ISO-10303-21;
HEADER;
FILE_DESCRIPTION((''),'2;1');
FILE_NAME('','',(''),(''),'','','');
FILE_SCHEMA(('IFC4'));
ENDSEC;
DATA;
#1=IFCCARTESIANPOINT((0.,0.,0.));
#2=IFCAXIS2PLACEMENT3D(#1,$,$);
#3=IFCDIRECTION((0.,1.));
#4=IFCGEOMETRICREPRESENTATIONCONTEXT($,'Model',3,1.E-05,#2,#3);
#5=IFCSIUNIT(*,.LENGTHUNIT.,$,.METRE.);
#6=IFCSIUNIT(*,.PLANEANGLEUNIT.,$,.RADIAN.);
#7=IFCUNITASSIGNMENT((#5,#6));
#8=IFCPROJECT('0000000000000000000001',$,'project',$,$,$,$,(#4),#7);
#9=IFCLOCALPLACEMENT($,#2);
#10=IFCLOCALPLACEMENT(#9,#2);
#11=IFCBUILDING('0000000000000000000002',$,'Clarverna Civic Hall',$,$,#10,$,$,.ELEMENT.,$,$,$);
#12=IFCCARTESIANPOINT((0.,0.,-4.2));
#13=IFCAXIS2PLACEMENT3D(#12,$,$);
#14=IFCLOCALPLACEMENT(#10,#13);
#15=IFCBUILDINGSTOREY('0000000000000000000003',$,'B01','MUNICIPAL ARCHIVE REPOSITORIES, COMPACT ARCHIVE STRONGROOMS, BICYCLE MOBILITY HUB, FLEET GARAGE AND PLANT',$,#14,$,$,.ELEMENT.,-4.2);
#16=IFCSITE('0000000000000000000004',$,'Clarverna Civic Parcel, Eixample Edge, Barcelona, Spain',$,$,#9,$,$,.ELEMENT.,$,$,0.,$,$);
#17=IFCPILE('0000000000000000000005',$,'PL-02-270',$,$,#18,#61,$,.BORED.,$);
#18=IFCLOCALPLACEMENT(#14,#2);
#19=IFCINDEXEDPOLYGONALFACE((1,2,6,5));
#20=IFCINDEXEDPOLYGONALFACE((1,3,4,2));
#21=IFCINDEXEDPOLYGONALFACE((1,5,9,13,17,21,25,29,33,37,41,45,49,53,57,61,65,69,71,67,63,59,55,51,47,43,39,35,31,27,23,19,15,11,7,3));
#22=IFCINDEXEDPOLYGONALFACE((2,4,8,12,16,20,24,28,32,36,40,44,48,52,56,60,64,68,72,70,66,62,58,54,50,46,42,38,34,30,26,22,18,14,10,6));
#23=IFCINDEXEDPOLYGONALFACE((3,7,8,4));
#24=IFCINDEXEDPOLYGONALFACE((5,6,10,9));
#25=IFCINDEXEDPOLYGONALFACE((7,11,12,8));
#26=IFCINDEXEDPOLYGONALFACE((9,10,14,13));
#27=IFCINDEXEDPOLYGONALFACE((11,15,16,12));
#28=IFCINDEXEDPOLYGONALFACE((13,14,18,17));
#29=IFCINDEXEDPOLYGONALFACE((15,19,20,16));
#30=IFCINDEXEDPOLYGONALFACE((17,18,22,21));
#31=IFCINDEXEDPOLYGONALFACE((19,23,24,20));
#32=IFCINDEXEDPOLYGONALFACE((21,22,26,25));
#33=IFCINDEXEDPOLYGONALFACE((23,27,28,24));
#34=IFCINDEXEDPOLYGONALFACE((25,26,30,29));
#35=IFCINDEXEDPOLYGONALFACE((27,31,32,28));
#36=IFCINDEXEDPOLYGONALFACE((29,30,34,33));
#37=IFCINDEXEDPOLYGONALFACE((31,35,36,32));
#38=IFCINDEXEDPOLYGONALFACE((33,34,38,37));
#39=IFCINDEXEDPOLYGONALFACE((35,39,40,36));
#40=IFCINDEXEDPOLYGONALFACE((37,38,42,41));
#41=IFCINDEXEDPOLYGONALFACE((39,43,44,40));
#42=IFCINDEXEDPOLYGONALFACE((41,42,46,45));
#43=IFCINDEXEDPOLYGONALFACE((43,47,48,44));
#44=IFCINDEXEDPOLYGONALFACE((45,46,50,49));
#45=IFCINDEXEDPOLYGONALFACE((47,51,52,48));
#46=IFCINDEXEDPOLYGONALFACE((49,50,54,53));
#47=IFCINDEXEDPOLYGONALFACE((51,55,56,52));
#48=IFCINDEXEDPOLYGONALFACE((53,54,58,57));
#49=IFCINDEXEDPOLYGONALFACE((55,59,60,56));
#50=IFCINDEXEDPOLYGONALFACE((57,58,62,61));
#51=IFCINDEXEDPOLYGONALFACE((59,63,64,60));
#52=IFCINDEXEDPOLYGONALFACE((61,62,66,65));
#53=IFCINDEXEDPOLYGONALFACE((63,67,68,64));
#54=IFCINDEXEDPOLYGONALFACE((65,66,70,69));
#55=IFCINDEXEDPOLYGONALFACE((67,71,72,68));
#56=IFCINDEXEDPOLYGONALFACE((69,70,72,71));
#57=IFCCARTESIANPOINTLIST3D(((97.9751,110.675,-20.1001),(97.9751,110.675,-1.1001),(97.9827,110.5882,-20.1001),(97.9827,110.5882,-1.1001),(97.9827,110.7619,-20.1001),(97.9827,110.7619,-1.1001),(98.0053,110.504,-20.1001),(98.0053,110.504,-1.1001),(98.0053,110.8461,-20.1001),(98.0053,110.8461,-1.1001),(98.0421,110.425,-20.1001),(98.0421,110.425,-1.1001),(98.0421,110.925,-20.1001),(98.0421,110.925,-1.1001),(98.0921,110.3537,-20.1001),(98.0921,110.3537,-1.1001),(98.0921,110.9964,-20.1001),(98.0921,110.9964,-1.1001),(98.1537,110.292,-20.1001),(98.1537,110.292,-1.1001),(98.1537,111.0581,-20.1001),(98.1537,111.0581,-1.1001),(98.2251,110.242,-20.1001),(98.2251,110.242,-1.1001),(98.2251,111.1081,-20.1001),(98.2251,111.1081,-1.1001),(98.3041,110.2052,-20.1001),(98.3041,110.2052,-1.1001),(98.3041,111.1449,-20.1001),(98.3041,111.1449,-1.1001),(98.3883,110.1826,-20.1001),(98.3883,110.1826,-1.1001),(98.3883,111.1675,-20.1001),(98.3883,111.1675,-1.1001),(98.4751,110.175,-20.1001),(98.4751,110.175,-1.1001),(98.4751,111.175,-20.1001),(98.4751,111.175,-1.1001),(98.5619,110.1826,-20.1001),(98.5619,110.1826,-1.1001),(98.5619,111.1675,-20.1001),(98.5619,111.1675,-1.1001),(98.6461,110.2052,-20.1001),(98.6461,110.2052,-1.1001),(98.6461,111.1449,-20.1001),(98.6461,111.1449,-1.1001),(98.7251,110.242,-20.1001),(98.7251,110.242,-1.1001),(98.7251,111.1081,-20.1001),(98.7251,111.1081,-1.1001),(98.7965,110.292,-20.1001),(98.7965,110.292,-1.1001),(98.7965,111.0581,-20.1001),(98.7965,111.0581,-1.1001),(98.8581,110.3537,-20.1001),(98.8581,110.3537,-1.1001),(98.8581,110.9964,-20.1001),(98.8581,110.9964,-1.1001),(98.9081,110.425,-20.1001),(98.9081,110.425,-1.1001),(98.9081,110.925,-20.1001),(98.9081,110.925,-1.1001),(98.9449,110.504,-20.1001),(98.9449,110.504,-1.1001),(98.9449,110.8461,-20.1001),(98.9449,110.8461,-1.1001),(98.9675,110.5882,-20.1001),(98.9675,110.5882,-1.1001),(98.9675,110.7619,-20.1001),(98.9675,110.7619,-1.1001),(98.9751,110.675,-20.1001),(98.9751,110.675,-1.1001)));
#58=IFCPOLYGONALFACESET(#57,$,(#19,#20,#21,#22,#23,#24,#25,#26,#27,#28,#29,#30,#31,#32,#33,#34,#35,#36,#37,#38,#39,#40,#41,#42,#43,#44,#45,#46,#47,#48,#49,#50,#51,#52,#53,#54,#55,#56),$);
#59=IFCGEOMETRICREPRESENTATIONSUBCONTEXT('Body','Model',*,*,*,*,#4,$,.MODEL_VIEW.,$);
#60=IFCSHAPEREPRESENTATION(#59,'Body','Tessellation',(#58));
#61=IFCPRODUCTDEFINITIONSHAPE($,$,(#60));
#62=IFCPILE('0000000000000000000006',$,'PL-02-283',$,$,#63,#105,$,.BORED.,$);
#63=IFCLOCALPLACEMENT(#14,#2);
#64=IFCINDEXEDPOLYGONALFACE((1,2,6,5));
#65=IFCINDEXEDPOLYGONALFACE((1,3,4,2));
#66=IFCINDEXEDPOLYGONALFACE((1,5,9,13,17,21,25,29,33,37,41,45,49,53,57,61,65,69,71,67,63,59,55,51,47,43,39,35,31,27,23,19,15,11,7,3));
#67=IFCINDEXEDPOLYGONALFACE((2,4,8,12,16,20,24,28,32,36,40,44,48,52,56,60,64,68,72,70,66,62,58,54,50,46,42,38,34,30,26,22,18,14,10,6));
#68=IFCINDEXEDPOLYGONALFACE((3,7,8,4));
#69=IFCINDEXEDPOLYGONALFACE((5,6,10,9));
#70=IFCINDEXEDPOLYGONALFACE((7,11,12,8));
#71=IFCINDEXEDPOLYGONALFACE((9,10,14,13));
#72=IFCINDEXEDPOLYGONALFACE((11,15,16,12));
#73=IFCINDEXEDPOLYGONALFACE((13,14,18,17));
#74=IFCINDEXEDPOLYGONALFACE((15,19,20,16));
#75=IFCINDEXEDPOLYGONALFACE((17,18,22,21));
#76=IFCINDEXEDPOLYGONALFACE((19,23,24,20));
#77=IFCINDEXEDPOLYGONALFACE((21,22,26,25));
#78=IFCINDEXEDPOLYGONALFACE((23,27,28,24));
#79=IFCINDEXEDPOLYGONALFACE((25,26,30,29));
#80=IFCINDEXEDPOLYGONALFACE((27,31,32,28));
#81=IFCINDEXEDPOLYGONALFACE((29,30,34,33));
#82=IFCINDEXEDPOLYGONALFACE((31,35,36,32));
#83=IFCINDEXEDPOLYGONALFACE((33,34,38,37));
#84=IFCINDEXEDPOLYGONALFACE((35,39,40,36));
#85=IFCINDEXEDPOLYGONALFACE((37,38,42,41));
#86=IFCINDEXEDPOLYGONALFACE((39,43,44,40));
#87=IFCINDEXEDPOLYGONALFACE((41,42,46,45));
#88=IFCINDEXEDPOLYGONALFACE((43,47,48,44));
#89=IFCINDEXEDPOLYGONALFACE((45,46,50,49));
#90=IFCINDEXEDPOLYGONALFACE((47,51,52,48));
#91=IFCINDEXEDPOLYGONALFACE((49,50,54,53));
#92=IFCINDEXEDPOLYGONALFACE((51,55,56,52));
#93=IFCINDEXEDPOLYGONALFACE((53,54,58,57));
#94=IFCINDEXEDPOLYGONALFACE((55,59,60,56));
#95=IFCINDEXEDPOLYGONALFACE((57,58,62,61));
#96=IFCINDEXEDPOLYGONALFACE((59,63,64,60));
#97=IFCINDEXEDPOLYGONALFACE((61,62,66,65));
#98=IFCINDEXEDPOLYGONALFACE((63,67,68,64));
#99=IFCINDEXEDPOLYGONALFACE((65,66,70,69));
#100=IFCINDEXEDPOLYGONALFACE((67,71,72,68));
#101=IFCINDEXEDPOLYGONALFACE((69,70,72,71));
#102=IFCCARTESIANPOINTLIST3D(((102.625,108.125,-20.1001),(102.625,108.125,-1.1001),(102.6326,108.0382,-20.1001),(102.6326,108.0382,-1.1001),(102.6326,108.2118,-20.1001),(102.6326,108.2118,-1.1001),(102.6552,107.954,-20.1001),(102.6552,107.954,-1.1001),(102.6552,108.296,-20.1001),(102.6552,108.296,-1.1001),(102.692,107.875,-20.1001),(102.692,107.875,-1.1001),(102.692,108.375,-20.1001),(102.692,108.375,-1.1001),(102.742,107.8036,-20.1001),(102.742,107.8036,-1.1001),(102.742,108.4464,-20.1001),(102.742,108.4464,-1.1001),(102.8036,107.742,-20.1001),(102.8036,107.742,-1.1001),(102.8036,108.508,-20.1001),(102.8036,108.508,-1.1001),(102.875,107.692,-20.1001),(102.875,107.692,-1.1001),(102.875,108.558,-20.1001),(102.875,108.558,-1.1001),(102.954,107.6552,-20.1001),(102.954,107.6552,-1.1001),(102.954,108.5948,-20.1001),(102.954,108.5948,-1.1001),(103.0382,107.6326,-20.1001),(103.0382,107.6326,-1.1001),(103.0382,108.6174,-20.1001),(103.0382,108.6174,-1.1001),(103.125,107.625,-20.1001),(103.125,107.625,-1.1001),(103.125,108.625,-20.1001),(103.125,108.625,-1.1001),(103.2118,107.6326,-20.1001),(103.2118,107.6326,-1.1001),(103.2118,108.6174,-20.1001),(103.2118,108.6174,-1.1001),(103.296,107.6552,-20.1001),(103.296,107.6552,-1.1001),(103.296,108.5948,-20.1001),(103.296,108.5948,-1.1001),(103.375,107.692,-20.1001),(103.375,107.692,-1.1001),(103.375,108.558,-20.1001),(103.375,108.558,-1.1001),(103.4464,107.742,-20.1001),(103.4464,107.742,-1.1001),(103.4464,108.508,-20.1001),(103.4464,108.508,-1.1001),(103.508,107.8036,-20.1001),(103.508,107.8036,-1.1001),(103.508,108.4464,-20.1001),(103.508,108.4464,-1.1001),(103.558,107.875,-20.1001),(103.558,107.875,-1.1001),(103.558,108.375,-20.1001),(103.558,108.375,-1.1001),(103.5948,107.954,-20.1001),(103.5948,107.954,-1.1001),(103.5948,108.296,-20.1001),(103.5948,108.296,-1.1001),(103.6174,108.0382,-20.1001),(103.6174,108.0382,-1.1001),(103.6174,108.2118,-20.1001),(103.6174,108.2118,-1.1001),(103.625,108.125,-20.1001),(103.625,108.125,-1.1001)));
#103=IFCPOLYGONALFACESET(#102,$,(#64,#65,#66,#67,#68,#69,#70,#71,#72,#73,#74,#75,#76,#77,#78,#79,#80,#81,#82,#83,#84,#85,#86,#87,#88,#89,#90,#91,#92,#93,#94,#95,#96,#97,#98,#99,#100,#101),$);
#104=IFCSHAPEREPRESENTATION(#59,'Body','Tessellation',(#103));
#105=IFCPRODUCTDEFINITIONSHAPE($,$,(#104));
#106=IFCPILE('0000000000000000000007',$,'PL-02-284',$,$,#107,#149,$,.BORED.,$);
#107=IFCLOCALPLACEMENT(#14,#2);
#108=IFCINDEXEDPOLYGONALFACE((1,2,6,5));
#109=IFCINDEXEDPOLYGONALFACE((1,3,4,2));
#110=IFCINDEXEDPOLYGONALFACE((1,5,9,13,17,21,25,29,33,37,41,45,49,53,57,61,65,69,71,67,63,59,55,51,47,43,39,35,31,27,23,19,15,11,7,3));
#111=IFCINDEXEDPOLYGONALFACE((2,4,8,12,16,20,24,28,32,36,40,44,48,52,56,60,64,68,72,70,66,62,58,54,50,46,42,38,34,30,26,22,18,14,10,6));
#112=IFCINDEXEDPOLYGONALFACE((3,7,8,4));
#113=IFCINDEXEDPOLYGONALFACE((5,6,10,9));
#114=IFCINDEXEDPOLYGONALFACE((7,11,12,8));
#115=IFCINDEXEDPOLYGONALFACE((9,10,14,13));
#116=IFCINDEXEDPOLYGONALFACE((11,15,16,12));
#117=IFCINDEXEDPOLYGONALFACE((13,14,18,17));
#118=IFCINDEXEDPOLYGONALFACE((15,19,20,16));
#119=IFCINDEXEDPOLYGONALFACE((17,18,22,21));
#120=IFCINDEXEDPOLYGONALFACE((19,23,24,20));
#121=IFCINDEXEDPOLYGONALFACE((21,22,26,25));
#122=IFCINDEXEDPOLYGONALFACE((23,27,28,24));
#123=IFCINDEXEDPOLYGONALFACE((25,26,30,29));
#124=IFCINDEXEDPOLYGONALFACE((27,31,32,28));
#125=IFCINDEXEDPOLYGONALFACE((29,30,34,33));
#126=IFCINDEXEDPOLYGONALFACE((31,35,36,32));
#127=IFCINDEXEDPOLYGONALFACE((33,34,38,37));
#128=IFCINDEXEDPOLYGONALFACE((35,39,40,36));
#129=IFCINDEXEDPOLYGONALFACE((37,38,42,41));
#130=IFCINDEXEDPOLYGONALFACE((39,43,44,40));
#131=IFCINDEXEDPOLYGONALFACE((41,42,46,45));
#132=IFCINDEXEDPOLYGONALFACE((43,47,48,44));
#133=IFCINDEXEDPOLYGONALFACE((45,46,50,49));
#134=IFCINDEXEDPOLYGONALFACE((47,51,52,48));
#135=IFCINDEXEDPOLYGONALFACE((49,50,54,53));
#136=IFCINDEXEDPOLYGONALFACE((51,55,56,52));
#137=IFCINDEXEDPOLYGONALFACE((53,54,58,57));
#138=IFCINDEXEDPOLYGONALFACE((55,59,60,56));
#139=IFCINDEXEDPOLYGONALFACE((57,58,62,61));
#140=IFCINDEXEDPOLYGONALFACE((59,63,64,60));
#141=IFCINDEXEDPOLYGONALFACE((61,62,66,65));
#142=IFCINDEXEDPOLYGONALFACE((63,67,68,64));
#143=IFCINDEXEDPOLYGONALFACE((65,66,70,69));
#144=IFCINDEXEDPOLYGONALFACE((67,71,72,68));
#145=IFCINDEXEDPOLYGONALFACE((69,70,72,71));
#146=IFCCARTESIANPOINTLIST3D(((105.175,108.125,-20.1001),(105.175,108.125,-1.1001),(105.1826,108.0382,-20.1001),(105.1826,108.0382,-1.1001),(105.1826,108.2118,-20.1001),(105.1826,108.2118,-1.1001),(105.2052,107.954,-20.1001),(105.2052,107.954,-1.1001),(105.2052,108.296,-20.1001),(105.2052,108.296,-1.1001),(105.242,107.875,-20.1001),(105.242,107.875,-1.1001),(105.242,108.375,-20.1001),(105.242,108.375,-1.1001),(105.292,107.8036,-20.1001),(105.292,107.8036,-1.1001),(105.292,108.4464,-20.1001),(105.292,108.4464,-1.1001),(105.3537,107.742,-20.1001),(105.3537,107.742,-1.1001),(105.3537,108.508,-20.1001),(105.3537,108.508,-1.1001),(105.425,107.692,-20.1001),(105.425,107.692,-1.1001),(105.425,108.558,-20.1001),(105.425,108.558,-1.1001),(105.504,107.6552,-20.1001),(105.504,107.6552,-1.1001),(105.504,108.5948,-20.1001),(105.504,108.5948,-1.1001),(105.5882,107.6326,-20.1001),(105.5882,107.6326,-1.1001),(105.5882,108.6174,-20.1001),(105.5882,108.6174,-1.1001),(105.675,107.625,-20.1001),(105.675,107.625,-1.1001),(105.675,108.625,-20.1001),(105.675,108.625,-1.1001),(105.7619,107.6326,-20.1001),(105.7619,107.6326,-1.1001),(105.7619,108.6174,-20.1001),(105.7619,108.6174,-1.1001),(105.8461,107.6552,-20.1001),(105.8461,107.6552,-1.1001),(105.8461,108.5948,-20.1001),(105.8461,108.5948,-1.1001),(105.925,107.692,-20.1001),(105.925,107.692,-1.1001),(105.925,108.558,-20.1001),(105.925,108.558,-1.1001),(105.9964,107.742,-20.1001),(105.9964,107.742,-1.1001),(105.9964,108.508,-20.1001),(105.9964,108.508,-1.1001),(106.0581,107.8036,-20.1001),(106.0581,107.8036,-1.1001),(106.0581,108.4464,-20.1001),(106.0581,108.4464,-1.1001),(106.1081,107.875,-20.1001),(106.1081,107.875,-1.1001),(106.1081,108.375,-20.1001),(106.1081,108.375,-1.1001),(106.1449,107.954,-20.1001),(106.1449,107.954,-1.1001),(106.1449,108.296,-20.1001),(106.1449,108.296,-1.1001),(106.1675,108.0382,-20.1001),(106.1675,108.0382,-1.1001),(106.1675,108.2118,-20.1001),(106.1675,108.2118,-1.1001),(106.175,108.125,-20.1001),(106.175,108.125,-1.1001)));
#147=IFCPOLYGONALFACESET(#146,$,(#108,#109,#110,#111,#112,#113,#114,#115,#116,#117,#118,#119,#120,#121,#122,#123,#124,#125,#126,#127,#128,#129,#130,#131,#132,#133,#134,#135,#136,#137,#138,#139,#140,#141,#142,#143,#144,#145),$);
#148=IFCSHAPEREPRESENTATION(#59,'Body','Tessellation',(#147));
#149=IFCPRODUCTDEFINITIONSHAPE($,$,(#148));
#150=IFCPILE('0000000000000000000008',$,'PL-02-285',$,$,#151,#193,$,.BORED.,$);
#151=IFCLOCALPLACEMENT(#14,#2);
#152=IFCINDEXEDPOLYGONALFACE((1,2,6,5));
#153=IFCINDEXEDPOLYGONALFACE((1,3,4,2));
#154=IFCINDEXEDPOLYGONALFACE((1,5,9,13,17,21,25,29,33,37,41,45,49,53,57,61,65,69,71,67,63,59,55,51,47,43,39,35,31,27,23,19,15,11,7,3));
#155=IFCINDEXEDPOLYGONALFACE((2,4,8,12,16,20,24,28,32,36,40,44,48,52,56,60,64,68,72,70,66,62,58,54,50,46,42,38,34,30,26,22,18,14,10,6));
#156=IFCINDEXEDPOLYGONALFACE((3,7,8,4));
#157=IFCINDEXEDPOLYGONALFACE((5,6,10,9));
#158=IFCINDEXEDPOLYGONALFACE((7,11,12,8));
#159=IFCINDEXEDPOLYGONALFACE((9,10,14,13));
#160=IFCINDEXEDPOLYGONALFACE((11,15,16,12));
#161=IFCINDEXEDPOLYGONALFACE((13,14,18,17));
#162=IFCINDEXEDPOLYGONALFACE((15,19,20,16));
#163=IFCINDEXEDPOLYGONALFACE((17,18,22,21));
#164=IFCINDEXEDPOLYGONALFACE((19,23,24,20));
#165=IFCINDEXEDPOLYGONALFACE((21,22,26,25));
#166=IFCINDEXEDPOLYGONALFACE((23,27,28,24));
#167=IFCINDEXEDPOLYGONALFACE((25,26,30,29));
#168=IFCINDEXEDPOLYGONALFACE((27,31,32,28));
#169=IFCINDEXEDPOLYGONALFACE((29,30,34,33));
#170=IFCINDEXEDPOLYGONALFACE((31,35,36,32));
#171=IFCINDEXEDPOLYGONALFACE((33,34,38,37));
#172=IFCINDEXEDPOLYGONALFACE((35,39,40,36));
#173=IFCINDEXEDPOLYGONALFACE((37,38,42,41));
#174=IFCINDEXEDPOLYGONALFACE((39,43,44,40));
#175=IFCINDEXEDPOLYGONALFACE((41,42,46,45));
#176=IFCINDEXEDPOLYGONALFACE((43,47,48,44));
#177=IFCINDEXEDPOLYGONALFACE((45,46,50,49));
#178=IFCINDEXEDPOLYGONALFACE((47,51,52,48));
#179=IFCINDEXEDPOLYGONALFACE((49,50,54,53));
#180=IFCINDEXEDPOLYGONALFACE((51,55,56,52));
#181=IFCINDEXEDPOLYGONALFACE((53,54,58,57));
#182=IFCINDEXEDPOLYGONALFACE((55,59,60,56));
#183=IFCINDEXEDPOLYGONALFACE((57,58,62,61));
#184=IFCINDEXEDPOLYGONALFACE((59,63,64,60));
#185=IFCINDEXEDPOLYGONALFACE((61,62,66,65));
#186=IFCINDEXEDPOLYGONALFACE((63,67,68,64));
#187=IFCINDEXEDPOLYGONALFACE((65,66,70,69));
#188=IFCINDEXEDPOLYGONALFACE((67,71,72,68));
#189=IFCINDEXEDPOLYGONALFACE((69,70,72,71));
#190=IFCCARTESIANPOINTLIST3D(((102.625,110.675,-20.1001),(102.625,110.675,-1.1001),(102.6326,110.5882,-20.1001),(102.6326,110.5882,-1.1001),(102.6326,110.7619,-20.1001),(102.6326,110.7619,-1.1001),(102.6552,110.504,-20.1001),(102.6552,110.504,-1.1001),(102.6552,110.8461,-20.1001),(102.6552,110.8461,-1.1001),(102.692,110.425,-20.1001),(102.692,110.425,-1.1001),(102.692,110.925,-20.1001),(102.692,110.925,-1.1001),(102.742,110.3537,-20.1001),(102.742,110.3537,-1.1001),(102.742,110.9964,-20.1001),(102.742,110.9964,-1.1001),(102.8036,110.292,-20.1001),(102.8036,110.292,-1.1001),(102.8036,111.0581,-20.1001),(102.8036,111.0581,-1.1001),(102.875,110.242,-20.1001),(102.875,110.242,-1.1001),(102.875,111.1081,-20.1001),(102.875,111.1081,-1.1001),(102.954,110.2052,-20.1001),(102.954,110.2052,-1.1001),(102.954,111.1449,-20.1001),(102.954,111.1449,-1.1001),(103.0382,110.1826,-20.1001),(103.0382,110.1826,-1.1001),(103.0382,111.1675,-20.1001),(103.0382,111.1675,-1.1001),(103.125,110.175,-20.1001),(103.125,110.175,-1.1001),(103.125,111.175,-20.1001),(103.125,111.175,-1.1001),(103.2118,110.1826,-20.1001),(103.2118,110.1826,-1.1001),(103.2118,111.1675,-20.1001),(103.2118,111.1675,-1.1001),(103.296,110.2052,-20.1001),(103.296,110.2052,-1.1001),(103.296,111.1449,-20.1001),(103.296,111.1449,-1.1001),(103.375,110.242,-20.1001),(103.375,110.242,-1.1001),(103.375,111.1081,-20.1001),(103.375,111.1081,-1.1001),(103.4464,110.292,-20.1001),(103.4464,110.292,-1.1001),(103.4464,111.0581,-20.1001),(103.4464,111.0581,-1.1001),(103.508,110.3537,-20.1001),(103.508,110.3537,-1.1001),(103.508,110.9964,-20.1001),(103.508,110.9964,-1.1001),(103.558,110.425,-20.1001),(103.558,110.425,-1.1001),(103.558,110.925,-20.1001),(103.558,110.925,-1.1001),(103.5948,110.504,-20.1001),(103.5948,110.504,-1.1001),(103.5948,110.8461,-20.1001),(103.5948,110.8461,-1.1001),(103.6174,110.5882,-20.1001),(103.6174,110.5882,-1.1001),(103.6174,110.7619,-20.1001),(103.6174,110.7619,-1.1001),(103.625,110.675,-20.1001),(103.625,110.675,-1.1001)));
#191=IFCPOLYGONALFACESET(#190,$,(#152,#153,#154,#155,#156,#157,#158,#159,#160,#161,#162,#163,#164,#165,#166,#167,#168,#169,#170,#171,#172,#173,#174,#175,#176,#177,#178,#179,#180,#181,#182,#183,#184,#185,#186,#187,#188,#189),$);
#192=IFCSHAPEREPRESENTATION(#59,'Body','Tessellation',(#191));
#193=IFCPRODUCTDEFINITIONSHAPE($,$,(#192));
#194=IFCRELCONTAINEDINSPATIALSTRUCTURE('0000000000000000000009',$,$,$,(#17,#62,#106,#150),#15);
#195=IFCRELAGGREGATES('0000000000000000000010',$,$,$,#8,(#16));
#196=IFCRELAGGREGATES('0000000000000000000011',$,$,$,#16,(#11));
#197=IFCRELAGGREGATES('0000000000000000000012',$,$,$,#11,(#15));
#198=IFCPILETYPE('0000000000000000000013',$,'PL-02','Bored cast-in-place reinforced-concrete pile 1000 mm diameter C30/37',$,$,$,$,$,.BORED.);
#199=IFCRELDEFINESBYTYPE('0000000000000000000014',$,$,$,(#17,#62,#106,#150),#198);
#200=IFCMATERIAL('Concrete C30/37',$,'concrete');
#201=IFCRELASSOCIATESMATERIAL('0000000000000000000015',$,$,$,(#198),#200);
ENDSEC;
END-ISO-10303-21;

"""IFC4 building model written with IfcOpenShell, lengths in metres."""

from ifc_helpers import new_model, si_unit, direction, frame, origin, origin_2d, place, context, subcontext, project, spatial, circle, extrude, material, material_profile, profile_set, type_object, element, save


model = new_model("IFC4")

# Units and contexts
model_context = context("Model", 3, precision=1e-05, world=origin(), true_north=direction((0.0, 1.0)))
body_context = subcontext(model_context, "Body", "Model", "MODEL_VIEW")
ifc_project = project(units=[si_unit("LENGTHUNIT", "METRE"), si_unit("PLANEANGLEUNIT", "RADIAN")], contexts=[model_context])

# Site, building, storey
site_placement = place(None, origin())
site = spatial("IfcSite", under=ifc_project, at=site_placement, Name="Clarverna Civic Parcel, Eixample Edge, Barcelona, Spain", CompositionType="ELEMENT", RefElevation=0.0)
building_placement = place(site_placement, origin())
building = spatial("IfcBuilding", under=site, at=building_placement, Name="Clarverna Civic Hall", CompositionType="ELEMENT")
storey_placement = place(building_placement, frame((0.0, 0.0, -4.2)))
storey = spatial("IfcBuildingStorey", under=building, at=storey_placement, Name="B01", Description="MUNICIPAL ARCHIVE REPOSITORIES, COMPACT ARCHIVE STRONGROOMS, BICYCLE MOBILITY HUB, FLEET GARAGE AND PLANT", CompositionType="ELEMENT", Elevation=-4.2)

# Shared definitions
ifc_material_1 = material(Name="Concrete C30/37", Category="concrete")

# Piles
ifc_material_profile_1 = material_profile(ifc_material_1, circle(Radius=0.5, at=origin_2d()), Name="BORED PILE D1000")
ifc_profile_set_1 = profile_set([ifc_material_profile_1], Name="Concrete C30/37")
pile_type_1 = type_object("IfcPileType", Name="PL-02", Description="Bored cast-in-place reinforced-concrete pile 1000 mm diameter C30/37", PredefinedType="BORED", material=ifc_profile_set_1)
for number, where, z_axis, x_axis, name in (
    (1, (98.4751, 110.675, -1.1001), (0.0, 0.0, -1.0), (1.0, 0.0, 0.0), "PL-02-270"),
    (2, (103.125, 108.125, -1.1001), (0.0, 0.0, -1.0), (1.0, 0.0, 0.0), "PL-02-283"),
    (3, (105.675, 108.125, -1.1001), (0.0, 0.0, -1.0), (1.0, 0.0, 0.0), "PL-02-284"),
    (4, (103.125, 110.675, -1.1001), (0.0, 0.0, -1.0), (1.0, 0.0, 0.0), "PL-02-285"),
):
    element("IfcPile", number, at=place(storey_placement, frame(where, z_axis=z_axis, x_axis=x_axis)), inside=storey, type_object=pile_type_1, Name=name, PredefinedType="BORED", context=body_context, shape_type="SweptSolid", body=[
        extrude(circle(Radius=0.5, at=origin_2d()), origin(), (0.0, 0.0, 1.0), 19.0),
    ])

save(model, "model.ifc")
